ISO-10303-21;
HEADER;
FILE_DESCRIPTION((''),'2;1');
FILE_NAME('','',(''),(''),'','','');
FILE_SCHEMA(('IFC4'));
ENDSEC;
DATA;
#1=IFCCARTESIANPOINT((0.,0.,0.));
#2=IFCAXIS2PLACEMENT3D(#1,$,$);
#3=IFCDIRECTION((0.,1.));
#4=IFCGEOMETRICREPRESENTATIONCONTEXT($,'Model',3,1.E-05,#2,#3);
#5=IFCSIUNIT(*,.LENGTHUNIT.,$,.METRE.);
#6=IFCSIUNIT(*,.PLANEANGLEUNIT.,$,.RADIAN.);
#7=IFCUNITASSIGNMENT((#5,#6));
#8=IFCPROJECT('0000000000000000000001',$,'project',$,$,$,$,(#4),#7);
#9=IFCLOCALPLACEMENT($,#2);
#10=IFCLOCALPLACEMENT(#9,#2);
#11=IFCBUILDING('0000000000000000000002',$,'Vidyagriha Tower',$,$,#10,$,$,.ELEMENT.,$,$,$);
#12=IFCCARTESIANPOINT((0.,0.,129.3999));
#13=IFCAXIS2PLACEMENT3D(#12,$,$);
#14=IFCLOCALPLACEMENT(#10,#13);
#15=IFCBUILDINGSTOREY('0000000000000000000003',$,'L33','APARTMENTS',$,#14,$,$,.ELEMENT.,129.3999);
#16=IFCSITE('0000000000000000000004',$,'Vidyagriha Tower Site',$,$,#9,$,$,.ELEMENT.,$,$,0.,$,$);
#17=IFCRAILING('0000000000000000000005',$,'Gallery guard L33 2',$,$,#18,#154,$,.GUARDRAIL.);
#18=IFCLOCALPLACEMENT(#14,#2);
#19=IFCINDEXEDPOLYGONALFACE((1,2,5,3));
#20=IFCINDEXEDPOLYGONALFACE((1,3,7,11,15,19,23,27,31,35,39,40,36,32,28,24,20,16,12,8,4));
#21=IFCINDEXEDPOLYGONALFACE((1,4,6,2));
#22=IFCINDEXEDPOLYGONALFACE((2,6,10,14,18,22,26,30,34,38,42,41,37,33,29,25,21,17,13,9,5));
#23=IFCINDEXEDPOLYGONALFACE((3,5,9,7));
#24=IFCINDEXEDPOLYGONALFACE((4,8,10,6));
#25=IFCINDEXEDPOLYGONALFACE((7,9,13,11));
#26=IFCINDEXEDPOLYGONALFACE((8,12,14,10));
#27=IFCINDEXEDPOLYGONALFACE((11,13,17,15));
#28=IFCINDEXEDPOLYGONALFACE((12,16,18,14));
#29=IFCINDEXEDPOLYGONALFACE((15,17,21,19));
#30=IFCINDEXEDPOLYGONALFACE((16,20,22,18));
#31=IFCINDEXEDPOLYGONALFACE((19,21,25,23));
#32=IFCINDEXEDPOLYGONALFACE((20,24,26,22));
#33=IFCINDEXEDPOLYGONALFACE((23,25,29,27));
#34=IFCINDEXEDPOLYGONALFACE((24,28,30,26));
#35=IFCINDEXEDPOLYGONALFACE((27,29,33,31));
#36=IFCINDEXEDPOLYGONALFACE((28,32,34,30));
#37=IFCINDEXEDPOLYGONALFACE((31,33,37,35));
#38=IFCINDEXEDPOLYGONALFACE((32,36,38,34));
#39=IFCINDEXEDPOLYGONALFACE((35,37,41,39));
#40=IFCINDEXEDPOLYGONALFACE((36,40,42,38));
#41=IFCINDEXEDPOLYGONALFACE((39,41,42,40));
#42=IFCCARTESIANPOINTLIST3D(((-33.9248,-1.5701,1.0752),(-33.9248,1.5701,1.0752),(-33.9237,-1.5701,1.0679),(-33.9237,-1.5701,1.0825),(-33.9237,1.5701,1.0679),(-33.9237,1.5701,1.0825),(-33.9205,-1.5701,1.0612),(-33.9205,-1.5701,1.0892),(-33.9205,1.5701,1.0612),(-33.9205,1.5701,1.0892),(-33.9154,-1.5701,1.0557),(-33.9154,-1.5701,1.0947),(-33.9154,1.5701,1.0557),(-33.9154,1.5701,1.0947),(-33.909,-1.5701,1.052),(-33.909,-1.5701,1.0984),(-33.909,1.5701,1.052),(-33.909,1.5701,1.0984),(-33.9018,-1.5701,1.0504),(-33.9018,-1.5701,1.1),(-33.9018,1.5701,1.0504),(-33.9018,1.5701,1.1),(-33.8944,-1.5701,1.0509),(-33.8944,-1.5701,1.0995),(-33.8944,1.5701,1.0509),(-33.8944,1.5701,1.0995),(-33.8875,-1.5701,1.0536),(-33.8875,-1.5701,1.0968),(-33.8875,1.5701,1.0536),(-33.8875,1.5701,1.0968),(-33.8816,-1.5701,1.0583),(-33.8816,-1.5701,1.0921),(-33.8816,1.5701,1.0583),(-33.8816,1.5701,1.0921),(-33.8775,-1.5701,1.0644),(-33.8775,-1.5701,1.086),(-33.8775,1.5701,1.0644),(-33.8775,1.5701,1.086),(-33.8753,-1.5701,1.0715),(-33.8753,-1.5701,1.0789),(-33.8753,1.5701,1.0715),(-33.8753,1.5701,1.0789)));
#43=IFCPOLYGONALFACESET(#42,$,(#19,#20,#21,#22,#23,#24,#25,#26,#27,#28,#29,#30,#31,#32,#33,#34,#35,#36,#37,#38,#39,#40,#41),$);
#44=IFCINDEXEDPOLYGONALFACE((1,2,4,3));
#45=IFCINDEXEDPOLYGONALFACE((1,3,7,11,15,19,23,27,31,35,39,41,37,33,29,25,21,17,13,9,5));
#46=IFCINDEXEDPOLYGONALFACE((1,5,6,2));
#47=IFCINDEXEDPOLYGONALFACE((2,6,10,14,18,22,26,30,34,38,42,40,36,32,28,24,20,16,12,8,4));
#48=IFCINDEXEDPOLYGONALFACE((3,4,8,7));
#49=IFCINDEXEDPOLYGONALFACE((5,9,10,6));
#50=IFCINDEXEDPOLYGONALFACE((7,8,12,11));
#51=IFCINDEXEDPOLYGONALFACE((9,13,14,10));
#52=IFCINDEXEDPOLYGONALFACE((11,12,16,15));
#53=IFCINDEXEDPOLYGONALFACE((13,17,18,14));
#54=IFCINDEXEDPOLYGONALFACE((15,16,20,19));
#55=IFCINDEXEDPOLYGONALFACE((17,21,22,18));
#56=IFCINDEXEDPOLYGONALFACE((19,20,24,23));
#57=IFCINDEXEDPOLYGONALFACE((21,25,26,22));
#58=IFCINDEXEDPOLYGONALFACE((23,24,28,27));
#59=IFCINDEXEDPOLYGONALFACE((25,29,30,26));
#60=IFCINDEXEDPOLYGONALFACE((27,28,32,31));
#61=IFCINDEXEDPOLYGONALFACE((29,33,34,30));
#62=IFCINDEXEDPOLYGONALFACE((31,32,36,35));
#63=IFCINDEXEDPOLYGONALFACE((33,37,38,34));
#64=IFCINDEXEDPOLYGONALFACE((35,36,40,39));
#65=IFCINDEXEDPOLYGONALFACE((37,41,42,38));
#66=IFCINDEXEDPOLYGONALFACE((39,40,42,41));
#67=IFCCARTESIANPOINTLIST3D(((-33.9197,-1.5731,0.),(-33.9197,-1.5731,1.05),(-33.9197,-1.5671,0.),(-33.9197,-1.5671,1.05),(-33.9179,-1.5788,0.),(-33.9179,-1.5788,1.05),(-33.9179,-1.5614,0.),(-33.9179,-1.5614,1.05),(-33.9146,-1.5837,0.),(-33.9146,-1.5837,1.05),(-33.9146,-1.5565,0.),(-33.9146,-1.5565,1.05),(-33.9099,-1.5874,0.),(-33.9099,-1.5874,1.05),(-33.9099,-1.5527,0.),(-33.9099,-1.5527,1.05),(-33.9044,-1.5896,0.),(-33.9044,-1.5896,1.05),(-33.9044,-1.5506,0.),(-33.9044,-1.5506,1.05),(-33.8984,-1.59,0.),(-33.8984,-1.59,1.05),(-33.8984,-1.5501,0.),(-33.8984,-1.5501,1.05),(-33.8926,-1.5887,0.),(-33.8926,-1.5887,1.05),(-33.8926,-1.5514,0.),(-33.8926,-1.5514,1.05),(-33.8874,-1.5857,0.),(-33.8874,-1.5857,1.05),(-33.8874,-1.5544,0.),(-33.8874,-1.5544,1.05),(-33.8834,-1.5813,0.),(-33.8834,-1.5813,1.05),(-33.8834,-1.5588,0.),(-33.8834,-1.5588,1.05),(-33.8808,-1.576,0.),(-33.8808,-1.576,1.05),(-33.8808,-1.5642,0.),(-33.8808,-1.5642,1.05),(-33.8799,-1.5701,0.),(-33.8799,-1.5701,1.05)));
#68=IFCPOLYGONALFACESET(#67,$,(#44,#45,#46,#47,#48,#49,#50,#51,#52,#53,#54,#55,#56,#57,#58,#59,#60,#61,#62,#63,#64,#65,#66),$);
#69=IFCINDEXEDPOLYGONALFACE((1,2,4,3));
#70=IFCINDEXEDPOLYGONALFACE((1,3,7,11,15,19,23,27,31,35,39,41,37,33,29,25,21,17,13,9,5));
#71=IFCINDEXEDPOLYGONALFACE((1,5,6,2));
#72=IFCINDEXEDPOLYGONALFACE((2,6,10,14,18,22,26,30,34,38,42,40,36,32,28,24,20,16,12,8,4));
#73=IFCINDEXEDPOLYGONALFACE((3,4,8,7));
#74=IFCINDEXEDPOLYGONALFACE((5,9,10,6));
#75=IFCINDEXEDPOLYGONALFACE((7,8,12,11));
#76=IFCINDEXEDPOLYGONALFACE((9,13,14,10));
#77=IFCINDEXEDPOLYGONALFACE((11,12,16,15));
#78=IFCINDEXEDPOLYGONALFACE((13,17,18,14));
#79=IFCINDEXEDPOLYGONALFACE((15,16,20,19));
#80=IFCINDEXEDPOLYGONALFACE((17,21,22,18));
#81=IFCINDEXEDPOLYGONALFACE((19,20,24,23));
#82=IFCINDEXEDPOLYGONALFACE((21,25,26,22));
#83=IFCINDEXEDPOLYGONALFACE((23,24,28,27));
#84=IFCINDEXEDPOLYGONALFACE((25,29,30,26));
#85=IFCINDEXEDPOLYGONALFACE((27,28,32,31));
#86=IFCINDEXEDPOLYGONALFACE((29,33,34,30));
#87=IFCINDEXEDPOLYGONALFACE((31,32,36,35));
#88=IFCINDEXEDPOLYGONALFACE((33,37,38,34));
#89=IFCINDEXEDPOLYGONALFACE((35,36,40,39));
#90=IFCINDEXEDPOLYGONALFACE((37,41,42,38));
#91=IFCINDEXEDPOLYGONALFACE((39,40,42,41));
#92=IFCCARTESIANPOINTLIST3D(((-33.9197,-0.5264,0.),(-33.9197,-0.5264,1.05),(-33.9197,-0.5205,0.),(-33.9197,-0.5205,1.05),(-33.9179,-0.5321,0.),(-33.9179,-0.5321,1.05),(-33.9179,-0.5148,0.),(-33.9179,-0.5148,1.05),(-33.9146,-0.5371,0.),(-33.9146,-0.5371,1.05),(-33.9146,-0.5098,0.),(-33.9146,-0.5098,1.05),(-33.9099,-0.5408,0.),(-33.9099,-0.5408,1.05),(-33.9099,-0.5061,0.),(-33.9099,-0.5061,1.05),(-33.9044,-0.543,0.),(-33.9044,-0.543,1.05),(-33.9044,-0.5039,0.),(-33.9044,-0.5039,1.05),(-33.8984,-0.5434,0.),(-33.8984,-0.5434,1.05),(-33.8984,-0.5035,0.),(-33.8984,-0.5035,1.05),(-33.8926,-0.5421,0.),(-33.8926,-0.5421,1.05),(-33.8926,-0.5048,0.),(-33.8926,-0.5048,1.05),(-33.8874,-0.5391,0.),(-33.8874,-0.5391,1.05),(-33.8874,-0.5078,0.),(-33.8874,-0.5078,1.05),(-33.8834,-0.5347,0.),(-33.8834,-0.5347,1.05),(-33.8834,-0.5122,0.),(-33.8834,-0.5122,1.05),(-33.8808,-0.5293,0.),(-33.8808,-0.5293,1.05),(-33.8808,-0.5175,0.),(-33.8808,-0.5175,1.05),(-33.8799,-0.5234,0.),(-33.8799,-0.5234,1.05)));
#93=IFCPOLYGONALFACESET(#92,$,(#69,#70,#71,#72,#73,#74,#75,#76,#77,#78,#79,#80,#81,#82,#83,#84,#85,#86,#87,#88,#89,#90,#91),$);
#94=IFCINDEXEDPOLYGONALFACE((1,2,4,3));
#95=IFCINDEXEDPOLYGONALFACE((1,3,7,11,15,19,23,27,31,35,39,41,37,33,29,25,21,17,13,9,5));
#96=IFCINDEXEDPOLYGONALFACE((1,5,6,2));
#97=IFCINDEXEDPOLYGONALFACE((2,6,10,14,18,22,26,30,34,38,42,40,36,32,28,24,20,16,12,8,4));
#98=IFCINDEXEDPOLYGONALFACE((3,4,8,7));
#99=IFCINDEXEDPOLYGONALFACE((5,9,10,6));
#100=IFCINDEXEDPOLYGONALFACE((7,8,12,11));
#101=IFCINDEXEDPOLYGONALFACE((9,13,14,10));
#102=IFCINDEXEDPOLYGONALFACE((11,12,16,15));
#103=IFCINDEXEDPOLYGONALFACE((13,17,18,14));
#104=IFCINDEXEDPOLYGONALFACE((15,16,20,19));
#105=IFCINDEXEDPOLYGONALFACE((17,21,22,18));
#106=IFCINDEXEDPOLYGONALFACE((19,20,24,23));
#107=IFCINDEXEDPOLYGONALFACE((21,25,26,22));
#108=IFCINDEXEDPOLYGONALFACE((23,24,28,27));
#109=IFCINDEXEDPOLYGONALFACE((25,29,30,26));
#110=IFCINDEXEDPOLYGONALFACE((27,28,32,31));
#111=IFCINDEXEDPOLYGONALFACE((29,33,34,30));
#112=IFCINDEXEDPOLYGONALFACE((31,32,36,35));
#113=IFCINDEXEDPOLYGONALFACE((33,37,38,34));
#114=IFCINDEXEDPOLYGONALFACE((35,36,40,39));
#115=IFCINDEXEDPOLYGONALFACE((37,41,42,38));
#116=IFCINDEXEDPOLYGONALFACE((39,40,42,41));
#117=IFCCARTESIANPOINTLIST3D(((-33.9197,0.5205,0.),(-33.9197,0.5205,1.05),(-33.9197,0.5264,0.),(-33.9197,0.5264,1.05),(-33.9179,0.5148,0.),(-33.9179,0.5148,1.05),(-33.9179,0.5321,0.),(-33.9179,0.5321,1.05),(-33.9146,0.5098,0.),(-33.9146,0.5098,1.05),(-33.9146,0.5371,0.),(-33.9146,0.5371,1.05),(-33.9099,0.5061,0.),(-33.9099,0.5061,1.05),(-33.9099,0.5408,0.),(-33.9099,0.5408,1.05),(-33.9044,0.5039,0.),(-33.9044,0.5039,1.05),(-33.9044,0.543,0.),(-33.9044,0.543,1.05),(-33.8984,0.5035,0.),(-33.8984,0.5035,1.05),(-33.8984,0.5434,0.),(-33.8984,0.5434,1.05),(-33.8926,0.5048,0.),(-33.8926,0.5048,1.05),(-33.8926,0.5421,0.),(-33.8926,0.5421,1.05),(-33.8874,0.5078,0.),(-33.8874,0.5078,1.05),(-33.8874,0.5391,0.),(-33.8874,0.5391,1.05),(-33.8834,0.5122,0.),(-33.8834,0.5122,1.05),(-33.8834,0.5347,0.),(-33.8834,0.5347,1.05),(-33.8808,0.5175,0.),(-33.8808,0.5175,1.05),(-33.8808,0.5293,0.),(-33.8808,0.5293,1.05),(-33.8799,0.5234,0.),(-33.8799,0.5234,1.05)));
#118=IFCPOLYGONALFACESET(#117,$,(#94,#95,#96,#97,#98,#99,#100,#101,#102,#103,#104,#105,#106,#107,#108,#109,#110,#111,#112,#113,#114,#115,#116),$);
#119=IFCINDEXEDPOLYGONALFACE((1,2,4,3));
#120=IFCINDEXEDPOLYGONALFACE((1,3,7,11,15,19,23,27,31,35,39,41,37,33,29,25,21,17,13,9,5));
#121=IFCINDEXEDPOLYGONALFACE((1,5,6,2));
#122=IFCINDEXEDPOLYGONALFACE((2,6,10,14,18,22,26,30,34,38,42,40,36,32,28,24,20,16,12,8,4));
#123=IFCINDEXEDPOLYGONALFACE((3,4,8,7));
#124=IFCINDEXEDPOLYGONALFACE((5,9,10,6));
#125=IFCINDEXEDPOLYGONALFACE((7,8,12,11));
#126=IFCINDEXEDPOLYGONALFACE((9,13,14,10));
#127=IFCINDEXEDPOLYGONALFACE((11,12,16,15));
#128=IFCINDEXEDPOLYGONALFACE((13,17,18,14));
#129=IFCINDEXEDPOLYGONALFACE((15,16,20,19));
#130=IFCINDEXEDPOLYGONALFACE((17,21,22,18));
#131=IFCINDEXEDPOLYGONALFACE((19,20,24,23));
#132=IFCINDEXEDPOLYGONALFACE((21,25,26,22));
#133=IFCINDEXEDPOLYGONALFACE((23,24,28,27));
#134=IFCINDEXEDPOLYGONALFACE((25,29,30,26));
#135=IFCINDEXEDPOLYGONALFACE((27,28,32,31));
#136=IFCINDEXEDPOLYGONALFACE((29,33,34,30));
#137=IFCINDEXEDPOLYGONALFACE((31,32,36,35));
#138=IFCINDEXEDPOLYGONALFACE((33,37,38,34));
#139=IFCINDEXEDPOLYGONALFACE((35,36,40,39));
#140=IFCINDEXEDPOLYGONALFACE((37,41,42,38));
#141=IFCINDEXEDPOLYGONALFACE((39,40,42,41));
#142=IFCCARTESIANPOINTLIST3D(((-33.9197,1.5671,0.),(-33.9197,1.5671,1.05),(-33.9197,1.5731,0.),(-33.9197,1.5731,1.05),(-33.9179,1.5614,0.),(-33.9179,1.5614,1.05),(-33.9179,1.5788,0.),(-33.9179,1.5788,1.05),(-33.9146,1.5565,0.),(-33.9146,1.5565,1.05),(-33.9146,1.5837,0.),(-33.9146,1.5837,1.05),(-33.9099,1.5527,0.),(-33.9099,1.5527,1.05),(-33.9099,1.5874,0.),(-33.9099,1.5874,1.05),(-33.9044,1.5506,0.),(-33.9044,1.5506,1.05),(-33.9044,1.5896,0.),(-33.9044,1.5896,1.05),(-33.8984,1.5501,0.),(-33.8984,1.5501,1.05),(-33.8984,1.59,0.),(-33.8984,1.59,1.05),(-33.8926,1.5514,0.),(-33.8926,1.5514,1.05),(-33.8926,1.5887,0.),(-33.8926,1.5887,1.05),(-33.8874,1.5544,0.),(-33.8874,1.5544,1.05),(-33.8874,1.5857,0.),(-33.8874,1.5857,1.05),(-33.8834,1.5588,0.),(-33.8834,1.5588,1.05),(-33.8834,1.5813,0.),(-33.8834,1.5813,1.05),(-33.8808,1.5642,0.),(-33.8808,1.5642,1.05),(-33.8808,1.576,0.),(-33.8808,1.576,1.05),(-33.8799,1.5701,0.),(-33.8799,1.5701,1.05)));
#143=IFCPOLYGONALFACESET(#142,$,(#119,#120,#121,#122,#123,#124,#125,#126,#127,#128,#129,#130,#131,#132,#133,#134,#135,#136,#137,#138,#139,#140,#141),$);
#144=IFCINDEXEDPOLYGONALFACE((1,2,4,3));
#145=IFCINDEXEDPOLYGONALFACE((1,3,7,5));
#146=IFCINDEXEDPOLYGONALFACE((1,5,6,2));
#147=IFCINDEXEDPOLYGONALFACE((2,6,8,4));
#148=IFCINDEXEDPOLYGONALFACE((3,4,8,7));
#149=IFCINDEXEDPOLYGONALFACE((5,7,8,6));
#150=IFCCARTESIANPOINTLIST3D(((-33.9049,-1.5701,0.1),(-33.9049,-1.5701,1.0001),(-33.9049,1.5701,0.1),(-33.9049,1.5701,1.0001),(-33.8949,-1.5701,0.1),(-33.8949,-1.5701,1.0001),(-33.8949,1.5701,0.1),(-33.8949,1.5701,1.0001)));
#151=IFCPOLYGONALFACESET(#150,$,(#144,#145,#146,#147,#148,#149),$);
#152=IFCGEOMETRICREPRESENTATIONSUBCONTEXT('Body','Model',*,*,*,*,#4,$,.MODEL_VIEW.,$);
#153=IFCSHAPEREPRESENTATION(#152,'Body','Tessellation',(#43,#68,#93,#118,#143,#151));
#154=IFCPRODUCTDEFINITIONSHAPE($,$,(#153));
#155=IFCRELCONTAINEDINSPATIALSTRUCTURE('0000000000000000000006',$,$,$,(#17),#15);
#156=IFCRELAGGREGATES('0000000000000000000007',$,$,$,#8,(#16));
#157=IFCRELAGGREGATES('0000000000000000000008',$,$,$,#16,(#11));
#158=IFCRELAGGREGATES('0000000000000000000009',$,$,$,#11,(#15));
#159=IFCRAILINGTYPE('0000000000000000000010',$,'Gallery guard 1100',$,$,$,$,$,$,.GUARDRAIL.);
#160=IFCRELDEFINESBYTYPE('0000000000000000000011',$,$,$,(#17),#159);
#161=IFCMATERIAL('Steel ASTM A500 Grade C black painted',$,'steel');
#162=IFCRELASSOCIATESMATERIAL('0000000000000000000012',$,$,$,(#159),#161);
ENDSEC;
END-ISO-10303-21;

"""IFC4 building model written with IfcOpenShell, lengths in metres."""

from ifc_helpers import new_model, si_unit, direction, frame, origin, origin_2d, place, context, subcontext, project, spatial, rectangle, circle, extrude, material, type_object, element, save


model = new_model("IFC4")

# Units and contexts
model_context = context("Model", 3, precision=1e-05, world=origin(), true_north=direction((0.0, 1.0)))
body_context = subcontext(model_context, "Body", "Model", "MODEL_VIEW")
ifc_project = project(units=[si_unit("LENGTHUNIT", "METRE"), si_unit("PLANEANGLEUNIT", "RADIAN")], contexts=[model_context])

# Site, building, storey
site_placement = place(None, origin())
site = spatial("IfcSite", under=ifc_project, at=site_placement, Name="Vidyagriha Tower Site", CompositionType="ELEMENT", RefElevation=0.0)
building_placement = place(site_placement, origin())
building = spatial("IfcBuilding", under=site, at=building_placement, Name="Vidyagriha Tower", CompositionType="ELEMENT")
storey_placement = place(building_placement, frame((0.0, 0.0, 129.3999)))
storey = spatial("IfcBuildingStorey", under=building, at=storey_placement, Name="L33", Description="APARTMENTS", CompositionType="ELEMENT", Elevation=129.3999)

# Railing
ifc_material_1 = material(Name="Steel ASTM A500 Grade C black painted", Category="steel")
railing_type_1 = type_object("IfcRailingType", Name="Gallery guard 1100", PredefinedType="GUARDRAIL", material=ifc_material_1)
railing_1_placement = place(storey_placement, frame((-33.8999, -1.5701, 0.0)))
element("IfcRailing", 1, at=railing_1_placement, inside=storey, type_object=railing_type_1, Name="Gallery guard L33 2", PredefinedType="GUARDRAIL", context=body_context, shape_type="SweptSolid", body=[
    extrude(circle(Radius=0.0249, at=origin_2d()), frame((0.0, 0.0, 1.0752), z_axis=(0.0, 1.0, 0.0), x_axis=(-1.0, 0.0, 0.0)), (0.0, 0.0, 1.0), 3.1401),
    extrude(circle(Radius=0.02, at=origin_2d()), origin(), (0.0, 0.0, 1.0), 1.05),
    extrude(circle(Radius=0.02, at=origin_2d()), frame((0.0, 1.0466, 0.0)), (0.0, 0.0, 1.0), 1.05),
    extrude(circle(Radius=0.02, at=origin_2d()), frame((0.0, 2.0935, 0.0)), (0.0, 0.0, 1.0), 1.05),
    extrude(circle(Radius=0.02, at=origin_2d()), frame((0.0, 3.1401, 0.0)), (0.0, 0.0, 1.0), 1.05),
    extrude(rectangle(XDim=0.01, YDim=0.9001, at=origin_2d()), frame((0.0, 0.0, 0.55), z_axis=(0.0, 1.0, 0.0), x_axis=(-1.0, 0.0, 0.0)), (0.0, 0.0, 1.0), 3.1401),
])

save(model, "model.ifc")
